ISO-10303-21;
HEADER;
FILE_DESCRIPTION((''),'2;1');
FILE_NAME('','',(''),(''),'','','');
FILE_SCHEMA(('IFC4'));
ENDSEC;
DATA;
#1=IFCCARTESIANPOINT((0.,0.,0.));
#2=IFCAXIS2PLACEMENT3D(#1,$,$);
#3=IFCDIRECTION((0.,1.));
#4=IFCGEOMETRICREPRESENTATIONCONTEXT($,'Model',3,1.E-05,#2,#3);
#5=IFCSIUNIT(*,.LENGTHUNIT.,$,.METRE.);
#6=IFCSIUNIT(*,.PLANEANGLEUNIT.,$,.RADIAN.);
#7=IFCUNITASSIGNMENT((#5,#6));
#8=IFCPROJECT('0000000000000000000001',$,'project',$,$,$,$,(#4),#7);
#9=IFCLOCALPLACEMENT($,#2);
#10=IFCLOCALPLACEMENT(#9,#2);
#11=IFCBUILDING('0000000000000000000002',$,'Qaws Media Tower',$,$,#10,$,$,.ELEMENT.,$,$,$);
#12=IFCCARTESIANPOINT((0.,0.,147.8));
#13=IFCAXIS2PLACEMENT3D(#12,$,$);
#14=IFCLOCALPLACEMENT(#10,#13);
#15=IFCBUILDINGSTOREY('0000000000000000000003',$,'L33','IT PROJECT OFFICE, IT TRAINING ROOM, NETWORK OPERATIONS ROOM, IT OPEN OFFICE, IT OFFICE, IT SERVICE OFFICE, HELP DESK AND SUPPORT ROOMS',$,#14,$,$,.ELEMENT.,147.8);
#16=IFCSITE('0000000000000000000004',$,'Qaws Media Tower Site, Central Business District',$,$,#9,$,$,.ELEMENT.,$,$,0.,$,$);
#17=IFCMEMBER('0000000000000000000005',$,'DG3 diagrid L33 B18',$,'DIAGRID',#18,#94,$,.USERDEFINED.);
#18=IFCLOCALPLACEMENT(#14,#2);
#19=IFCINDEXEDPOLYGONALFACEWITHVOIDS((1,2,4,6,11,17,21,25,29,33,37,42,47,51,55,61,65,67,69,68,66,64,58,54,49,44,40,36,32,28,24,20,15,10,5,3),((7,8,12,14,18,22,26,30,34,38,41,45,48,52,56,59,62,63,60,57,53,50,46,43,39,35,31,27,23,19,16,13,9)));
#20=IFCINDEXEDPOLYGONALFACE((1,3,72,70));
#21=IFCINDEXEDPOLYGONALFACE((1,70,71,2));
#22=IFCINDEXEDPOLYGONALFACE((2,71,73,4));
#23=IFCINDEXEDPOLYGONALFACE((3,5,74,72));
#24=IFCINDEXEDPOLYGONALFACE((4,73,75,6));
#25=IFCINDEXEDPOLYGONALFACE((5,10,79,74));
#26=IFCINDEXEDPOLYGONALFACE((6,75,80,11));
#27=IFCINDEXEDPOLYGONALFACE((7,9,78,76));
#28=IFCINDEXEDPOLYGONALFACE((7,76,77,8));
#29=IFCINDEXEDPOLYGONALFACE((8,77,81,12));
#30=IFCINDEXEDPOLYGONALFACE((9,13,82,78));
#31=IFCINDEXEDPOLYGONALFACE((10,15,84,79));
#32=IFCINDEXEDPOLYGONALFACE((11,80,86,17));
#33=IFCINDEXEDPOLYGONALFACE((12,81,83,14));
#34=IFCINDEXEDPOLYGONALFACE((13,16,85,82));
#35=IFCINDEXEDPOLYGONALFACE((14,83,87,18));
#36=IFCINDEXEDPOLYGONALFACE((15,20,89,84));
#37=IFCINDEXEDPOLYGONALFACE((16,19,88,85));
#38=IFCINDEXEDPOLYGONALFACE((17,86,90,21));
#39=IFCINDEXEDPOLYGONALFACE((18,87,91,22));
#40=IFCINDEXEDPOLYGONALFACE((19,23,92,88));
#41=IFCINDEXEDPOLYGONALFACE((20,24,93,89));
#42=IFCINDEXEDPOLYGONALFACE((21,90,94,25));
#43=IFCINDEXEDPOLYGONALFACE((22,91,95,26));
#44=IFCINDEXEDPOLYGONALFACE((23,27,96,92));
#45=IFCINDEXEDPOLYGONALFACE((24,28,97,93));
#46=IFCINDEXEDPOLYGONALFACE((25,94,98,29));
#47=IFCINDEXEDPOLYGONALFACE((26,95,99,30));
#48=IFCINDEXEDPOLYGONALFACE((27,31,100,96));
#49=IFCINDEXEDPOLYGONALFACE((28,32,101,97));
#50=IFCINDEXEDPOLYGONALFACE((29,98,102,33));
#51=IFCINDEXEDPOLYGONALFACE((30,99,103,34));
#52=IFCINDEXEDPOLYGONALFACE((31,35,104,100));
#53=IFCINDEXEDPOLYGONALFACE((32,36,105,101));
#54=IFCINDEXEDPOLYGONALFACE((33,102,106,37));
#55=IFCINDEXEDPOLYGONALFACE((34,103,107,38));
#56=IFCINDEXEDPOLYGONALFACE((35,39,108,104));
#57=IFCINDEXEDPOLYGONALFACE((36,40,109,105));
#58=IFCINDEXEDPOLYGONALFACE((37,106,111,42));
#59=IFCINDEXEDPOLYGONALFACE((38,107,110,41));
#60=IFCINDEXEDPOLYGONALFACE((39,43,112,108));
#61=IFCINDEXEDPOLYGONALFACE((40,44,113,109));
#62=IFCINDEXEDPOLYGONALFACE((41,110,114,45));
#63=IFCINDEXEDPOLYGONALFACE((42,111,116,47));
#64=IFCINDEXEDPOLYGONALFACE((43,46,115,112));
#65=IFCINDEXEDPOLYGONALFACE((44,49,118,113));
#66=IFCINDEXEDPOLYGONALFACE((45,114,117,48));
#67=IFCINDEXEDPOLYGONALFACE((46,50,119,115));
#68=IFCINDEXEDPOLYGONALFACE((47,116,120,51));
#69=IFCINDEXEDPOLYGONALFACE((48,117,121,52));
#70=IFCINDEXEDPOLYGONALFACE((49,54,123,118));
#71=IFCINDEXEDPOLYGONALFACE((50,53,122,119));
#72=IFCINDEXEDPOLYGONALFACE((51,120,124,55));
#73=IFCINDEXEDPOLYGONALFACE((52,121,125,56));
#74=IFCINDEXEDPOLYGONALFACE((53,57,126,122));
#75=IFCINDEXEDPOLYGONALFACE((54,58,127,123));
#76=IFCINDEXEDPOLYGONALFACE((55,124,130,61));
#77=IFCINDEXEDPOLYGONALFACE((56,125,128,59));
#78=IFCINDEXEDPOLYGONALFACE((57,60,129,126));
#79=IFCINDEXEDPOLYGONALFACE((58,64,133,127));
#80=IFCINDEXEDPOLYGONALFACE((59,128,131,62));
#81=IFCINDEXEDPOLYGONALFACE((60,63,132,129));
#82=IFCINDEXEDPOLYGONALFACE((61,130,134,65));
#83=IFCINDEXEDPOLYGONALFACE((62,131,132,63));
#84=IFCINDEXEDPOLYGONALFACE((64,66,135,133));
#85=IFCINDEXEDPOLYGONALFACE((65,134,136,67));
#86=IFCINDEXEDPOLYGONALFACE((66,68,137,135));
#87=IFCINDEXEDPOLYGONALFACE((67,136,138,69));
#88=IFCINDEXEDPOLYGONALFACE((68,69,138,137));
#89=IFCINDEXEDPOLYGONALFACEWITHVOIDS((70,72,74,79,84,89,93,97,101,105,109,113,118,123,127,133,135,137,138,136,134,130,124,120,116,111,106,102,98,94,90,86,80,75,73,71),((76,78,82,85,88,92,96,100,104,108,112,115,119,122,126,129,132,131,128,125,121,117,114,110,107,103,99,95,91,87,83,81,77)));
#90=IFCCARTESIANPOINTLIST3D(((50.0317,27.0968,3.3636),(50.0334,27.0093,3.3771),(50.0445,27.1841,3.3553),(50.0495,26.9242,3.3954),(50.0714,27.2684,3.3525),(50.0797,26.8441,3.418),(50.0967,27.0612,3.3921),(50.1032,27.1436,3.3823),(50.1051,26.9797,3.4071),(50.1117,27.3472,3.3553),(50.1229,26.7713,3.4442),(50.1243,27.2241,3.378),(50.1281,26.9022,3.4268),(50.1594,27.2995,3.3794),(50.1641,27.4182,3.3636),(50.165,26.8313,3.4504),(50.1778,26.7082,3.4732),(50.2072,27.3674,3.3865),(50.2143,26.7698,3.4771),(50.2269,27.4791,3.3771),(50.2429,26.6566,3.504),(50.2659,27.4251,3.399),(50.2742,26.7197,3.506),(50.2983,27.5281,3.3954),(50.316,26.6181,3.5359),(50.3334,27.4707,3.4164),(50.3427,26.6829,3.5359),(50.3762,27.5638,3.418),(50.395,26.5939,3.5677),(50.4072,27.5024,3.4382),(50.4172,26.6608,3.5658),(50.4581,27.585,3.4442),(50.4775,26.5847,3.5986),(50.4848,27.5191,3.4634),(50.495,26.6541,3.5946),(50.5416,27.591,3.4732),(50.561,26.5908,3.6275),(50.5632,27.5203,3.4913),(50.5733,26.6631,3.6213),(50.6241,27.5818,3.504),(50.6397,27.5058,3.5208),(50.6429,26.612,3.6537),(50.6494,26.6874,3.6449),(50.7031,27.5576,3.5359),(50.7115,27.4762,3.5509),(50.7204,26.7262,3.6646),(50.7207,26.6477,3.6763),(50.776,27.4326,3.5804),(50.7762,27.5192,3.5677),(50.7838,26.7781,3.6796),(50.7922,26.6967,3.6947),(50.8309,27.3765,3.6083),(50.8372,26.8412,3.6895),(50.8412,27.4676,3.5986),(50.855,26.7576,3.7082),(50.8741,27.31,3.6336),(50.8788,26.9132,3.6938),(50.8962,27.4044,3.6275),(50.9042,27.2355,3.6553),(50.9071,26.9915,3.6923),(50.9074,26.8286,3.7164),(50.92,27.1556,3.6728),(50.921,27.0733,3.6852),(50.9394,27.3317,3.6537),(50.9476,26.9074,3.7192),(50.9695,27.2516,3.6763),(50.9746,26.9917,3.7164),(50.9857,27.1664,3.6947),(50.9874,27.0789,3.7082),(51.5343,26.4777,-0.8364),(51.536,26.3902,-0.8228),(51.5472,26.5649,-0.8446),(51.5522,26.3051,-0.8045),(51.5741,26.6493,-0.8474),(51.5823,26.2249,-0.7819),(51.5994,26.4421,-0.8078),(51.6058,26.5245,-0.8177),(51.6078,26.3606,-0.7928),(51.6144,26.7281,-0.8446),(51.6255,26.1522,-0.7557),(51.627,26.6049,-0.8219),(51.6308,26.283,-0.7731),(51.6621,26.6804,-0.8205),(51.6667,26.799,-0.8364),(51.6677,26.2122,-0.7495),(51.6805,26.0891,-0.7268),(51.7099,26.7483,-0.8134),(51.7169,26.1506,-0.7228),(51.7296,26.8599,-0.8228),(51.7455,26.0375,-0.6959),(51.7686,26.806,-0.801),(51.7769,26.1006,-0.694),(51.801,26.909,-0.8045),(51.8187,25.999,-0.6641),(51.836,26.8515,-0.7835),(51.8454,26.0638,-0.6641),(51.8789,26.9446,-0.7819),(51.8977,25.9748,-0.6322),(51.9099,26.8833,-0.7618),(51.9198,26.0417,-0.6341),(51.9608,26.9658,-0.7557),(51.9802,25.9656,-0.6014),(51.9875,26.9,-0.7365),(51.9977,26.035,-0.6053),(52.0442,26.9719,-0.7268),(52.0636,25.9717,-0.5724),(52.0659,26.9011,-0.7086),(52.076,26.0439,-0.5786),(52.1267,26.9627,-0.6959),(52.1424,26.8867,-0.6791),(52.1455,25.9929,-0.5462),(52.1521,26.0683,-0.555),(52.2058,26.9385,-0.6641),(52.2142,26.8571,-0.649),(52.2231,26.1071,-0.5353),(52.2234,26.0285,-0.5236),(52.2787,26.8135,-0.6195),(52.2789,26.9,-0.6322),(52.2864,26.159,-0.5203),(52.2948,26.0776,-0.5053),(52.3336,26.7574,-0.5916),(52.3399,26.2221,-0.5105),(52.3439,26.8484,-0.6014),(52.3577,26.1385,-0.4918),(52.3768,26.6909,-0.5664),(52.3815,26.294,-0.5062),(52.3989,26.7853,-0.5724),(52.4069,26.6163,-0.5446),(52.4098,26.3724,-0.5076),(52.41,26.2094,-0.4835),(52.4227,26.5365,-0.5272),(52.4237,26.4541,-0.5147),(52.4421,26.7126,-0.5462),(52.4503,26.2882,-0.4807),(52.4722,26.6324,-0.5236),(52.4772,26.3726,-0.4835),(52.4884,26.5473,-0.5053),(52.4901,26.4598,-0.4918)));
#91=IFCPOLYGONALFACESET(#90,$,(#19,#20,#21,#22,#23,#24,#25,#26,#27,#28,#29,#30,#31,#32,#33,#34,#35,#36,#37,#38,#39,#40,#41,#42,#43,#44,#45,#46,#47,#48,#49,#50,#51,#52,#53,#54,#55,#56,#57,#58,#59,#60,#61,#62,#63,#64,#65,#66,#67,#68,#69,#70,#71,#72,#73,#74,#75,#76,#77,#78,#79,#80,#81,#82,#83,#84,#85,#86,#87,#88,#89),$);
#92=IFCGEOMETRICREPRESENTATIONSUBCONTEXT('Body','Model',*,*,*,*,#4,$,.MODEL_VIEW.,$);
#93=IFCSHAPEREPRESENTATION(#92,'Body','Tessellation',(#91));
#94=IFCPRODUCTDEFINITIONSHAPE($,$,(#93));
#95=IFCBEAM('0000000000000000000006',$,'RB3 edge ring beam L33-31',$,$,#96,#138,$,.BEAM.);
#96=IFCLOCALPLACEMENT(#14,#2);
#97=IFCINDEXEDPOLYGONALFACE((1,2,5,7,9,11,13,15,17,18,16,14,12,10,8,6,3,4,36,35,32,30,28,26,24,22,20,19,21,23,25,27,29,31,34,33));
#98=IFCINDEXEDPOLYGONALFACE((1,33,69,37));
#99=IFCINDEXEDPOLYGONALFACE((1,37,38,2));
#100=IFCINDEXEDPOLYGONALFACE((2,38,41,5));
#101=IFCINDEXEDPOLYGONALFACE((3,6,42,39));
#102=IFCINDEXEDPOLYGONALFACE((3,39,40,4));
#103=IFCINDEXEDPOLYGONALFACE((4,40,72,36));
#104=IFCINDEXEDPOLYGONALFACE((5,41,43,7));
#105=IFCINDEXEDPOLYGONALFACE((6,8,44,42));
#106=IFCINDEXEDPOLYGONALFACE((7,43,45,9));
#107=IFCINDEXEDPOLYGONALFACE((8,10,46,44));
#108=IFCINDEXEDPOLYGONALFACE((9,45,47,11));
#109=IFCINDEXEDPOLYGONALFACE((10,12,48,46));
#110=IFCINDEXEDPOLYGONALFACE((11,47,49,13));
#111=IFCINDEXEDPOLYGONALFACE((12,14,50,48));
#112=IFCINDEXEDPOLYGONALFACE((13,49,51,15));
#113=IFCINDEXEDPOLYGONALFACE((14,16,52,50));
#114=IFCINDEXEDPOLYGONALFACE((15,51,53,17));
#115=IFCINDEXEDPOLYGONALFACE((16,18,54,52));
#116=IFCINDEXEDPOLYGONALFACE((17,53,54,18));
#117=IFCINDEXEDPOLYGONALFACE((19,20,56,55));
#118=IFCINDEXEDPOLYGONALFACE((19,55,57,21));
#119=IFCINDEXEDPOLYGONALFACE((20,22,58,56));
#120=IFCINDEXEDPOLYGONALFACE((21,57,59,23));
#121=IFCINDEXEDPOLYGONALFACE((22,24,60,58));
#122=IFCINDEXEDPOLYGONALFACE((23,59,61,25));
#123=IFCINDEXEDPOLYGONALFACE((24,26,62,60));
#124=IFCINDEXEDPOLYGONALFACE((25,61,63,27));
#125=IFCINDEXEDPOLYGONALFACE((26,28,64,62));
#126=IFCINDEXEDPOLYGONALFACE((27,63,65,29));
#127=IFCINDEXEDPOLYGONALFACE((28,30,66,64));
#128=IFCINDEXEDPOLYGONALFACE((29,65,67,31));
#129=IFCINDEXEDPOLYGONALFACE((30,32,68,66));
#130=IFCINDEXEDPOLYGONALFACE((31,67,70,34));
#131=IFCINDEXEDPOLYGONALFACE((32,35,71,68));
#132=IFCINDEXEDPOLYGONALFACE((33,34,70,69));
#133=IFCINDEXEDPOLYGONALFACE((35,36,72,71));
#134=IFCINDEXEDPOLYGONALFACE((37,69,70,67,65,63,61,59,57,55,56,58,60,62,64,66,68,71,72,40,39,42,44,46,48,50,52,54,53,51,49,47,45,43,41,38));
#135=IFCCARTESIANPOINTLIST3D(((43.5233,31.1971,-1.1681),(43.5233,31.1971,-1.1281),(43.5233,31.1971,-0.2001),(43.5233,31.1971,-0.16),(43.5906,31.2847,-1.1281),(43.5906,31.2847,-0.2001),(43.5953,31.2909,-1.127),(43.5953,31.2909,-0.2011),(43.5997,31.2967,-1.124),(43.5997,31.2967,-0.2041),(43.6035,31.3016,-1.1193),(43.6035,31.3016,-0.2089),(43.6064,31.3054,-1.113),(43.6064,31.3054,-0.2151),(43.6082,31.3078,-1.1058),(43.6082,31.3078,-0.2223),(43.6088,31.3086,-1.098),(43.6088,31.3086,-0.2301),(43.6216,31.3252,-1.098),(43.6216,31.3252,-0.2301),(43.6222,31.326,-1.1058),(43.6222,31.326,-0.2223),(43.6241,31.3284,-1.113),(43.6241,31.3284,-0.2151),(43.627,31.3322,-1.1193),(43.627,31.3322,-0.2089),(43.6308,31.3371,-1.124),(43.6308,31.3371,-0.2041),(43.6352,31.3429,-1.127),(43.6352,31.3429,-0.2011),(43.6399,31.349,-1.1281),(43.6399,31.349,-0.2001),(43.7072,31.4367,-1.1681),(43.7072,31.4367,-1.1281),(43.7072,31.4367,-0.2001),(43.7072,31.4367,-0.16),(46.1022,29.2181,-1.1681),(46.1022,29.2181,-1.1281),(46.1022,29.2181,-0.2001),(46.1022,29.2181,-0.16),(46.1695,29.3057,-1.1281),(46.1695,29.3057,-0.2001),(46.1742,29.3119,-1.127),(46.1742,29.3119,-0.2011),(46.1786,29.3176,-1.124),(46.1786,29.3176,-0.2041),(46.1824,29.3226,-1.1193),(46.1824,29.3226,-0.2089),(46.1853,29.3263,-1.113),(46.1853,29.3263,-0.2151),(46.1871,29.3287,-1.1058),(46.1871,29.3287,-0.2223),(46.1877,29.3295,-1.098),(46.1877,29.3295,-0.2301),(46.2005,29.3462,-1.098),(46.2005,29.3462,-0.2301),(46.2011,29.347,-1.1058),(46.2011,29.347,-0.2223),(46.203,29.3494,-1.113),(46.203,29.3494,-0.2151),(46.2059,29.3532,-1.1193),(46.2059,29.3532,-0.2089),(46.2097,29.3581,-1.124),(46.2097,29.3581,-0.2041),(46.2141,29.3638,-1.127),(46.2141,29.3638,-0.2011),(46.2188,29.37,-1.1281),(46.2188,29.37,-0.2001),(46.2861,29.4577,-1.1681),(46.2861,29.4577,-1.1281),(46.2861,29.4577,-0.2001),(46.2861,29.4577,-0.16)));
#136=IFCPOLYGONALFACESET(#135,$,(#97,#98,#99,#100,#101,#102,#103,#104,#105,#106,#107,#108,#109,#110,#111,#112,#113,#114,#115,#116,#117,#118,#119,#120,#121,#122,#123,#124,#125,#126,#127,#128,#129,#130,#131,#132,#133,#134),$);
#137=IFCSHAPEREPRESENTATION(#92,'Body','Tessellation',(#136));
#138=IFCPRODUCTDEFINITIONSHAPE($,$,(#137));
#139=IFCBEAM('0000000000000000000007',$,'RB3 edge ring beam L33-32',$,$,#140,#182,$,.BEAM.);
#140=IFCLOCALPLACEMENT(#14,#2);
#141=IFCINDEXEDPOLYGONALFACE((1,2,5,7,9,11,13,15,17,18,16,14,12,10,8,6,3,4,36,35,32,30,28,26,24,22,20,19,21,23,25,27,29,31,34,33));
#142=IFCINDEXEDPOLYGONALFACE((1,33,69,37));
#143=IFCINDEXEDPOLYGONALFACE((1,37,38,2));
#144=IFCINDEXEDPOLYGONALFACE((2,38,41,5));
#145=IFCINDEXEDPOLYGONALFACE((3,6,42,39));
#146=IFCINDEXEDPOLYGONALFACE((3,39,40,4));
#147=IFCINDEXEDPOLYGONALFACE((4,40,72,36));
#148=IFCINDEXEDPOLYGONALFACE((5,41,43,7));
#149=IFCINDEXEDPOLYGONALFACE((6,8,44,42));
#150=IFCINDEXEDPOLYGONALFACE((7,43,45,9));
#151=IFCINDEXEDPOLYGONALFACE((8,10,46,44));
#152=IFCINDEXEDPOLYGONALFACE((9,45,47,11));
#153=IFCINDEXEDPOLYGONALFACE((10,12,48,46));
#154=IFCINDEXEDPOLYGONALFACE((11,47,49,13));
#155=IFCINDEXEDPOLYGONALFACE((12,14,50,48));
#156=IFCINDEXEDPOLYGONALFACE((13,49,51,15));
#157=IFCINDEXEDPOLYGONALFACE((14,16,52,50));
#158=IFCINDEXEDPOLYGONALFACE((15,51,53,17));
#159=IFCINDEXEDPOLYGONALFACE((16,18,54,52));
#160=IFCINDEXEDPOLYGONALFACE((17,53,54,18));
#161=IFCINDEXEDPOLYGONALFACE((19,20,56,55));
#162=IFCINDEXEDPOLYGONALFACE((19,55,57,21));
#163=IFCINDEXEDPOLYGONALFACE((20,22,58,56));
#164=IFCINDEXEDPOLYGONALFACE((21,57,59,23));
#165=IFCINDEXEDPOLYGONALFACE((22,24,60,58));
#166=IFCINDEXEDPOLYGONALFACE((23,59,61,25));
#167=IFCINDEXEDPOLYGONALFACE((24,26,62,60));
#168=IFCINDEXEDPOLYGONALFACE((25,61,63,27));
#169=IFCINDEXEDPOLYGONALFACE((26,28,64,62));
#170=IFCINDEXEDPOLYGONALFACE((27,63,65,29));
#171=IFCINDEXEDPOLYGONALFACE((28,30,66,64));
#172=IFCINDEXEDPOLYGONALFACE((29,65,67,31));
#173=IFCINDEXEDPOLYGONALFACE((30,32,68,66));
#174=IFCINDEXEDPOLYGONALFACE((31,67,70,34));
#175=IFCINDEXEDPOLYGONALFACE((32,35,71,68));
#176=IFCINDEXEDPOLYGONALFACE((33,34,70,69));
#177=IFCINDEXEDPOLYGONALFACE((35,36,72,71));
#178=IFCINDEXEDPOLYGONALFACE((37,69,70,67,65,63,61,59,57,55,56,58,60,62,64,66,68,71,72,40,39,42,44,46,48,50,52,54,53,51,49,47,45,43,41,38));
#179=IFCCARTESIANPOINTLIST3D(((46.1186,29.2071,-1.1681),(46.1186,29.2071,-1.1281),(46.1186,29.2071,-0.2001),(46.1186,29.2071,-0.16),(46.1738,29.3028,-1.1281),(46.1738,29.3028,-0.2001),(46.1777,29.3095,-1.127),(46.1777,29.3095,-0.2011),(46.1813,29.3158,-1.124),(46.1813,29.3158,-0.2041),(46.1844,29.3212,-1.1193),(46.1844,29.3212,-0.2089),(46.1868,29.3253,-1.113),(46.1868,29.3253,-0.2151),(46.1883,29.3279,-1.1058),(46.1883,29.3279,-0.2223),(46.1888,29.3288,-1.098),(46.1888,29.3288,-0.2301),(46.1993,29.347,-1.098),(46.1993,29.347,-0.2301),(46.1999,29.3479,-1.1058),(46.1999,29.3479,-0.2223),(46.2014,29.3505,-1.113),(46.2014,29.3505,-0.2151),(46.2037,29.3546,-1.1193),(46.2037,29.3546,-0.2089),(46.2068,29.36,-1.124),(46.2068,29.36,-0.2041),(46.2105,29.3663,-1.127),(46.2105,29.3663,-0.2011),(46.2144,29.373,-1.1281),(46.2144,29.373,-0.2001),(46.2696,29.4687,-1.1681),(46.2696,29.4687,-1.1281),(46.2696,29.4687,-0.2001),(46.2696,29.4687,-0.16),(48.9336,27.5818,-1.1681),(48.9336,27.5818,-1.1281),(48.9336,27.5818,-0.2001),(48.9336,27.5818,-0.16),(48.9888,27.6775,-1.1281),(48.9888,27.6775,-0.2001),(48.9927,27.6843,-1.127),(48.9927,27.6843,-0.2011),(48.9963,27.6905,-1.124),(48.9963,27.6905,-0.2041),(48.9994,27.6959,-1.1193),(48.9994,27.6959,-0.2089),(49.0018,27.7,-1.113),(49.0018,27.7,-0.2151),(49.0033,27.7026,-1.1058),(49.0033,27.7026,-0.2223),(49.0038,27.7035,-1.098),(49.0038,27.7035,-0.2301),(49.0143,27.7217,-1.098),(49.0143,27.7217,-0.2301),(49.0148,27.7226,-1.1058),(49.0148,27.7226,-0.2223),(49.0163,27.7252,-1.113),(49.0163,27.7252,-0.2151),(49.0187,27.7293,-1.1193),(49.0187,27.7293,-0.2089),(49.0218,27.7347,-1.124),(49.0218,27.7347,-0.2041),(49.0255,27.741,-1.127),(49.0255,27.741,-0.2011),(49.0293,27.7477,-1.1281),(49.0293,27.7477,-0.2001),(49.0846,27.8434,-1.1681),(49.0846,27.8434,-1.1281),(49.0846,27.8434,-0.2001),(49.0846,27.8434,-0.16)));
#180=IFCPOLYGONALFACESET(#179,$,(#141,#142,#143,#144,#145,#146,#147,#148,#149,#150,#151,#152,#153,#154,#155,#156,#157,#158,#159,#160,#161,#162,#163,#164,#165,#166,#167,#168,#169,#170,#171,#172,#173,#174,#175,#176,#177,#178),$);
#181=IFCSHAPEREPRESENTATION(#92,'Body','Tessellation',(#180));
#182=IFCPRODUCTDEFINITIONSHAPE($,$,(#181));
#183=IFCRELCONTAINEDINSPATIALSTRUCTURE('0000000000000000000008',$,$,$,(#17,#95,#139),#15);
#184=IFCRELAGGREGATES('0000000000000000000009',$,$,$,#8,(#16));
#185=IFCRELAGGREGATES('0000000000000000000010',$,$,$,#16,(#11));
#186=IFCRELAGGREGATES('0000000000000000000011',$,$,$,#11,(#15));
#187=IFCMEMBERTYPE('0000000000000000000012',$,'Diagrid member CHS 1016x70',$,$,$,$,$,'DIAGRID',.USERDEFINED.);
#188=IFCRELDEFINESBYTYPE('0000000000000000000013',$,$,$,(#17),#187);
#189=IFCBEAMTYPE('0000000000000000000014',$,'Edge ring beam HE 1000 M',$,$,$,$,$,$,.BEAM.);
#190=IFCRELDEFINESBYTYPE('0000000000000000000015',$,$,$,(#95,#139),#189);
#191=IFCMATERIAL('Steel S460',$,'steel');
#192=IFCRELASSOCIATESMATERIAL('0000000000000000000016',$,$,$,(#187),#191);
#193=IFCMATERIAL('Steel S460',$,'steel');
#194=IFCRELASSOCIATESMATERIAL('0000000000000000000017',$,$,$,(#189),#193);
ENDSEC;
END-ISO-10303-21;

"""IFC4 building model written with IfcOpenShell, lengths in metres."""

from ifc_helpers import new_model, si_unit, direction, frame, origin, origin_2d, place, context, subcontext, project, spatial, hollow_circle, i_section, extrude, material, material_profile, profile_set, type_object, element, save


model = new_model("IFC4")

# Units and contexts
model_context = context("Model", 3, precision=1e-05, world=origin(), true_north=direction((0.0, 1.0)))
body_context = subcontext(model_context, "Body", "Model", "MODEL_VIEW")
ifc_project = project(units=[si_unit("LENGTHUNIT", "METRE"), si_unit("PLANEANGLEUNIT", "RADIAN")], contexts=[model_context])

# Site, building, storey
site_placement = place(None, origin())
site = spatial("IfcSite", under=ifc_project, at=site_placement, Name="Qaws Media Tower Site, Central Business District", CompositionType="ELEMENT", RefElevation=0.0)
building_placement = place(site_placement, origin())
building = spatial("IfcBuilding", under=site, at=building_placement, Name="Qaws Media Tower", CompositionType="ELEMENT")
storey_placement = place(building_placement, frame((0.0, 0.0, 147.8)))
storey = spatial("IfcBuildingStorey", under=building, at=storey_placement, Name="L33", Description="IT PROJECT OFFICE, IT TRAINING ROOM, NETWORK OPERATIONS ROOM, IT OPEN OFFICE, IT OFFICE, IT SERVICE OFFICE, HELP DESK AND SUPPORT ROOMS", CompositionType="ELEMENT", Elevation=147.8)

# Member
ifc_material_1 = material(Name="Steel S460", Category="steel")
ifc_material_profile_1 = material_profile(ifc_material_1, hollow_circle(Radius=0.5081, WallThickness=0.0701, at=origin_2d()), Name="CHS 1016x70")
ifc_profile_set_1 = profile_set([ifc_material_profile_1], Name="Steel S460")
member_type_1 = type_object("IfcMemberType", Name="Diagrid member CHS 1016x70", ElementType="DIAGRID", PredefinedType="USERDEFINED", material=ifc_profile_set_1)
for number, where, z_axis, x_axis, name in (
    (1, (52.0122, 26.4688, -0.6641), (-0.333675, 0.137482, 0.932609), (-0.380954, -0.924594, 0.0), "DG3 diagrid L33 B18"),
):
    element("IfcMember", number, at=place(storey_placement, frame(where, z_axis=z_axis, x_axis=x_axis)), inside=storey, type_object=member_type_1, Name=name, ObjectType="DIAGRID", PredefinedType="USERDEFINED", context=body_context, shape_type="SweptSolid", body=[
        extrude(hollow_circle(Radius=0.5081, WallThickness=0.0701, at=origin_2d()), origin(), (0.0, 0.0, 1.0), 4.5034),
    ])

# Beams
ifc_material_2 = material(Name="Steel S460", Category="steel")
ifc_material_profile_2 = material_profile(ifc_material_2, i_section(OverallWidth=0.302, OverallDepth=1.0081, WebThickness=0.021, FlangeThickness=0.04, FilletRadius=0.03, at=origin_2d()), Name="HE 1000 M")
ifc_profile_set_2 = profile_set([ifc_material_profile_2], Name="Steel S460")
beam_type = type_object("IfcBeamType", Name="Edge ring beam HE 1000 M", PredefinedType="BEAM", material=ifc_profile_set_2)
beam_1_placement = place(storey_placement, frame((43.6152, 31.3169, -0.6641), z_axis=(0.793327, -0.608796, 0.0), x_axis=(0.608796, 0.793327, 0.0)))
element("IfcBeam", 2, at=beam_1_placement, inside=storey, type_object=beam_type, Name="RB3 edge ring beam L33-31", PredefinedType="BEAM", context=body_context, shape_type="SweptSolid", body=[
    extrude(i_section(OverallWidth=0.302, OverallDepth=1.0081, WebThickness=0.021, FlangeThickness=0.04, FilletRadius=0.03, at=origin_2d()), origin(), (0.0, 0.0, 1.0), 3.2507),
])
for number, where, z_axis, x_axis, name in (
    (3, (46.1941, 29.3379, -0.6641), (0.86602, -0.500009, 0.0), (0.500009, 0.86602, 0.0), "RB3 edge ring beam L33-32"),
):
    element("IfcBeam", number, at=place(storey_placement, frame(where, z_axis=z_axis, x_axis=x_axis)), inside=storey, type_object=beam_type, Name=name, PredefinedType="BEAM", context=body_context, shape_type="SweptSolid", body=[
        extrude(i_section(OverallWidth=0.302, OverallDepth=1.0081, WebThickness=0.021, FlangeThickness=0.04, FilletRadius=0.03, at=origin_2d()), origin(), (0.0, 0.0, 1.0), 3.2505),
    ])

save(model, "model.ifc")
